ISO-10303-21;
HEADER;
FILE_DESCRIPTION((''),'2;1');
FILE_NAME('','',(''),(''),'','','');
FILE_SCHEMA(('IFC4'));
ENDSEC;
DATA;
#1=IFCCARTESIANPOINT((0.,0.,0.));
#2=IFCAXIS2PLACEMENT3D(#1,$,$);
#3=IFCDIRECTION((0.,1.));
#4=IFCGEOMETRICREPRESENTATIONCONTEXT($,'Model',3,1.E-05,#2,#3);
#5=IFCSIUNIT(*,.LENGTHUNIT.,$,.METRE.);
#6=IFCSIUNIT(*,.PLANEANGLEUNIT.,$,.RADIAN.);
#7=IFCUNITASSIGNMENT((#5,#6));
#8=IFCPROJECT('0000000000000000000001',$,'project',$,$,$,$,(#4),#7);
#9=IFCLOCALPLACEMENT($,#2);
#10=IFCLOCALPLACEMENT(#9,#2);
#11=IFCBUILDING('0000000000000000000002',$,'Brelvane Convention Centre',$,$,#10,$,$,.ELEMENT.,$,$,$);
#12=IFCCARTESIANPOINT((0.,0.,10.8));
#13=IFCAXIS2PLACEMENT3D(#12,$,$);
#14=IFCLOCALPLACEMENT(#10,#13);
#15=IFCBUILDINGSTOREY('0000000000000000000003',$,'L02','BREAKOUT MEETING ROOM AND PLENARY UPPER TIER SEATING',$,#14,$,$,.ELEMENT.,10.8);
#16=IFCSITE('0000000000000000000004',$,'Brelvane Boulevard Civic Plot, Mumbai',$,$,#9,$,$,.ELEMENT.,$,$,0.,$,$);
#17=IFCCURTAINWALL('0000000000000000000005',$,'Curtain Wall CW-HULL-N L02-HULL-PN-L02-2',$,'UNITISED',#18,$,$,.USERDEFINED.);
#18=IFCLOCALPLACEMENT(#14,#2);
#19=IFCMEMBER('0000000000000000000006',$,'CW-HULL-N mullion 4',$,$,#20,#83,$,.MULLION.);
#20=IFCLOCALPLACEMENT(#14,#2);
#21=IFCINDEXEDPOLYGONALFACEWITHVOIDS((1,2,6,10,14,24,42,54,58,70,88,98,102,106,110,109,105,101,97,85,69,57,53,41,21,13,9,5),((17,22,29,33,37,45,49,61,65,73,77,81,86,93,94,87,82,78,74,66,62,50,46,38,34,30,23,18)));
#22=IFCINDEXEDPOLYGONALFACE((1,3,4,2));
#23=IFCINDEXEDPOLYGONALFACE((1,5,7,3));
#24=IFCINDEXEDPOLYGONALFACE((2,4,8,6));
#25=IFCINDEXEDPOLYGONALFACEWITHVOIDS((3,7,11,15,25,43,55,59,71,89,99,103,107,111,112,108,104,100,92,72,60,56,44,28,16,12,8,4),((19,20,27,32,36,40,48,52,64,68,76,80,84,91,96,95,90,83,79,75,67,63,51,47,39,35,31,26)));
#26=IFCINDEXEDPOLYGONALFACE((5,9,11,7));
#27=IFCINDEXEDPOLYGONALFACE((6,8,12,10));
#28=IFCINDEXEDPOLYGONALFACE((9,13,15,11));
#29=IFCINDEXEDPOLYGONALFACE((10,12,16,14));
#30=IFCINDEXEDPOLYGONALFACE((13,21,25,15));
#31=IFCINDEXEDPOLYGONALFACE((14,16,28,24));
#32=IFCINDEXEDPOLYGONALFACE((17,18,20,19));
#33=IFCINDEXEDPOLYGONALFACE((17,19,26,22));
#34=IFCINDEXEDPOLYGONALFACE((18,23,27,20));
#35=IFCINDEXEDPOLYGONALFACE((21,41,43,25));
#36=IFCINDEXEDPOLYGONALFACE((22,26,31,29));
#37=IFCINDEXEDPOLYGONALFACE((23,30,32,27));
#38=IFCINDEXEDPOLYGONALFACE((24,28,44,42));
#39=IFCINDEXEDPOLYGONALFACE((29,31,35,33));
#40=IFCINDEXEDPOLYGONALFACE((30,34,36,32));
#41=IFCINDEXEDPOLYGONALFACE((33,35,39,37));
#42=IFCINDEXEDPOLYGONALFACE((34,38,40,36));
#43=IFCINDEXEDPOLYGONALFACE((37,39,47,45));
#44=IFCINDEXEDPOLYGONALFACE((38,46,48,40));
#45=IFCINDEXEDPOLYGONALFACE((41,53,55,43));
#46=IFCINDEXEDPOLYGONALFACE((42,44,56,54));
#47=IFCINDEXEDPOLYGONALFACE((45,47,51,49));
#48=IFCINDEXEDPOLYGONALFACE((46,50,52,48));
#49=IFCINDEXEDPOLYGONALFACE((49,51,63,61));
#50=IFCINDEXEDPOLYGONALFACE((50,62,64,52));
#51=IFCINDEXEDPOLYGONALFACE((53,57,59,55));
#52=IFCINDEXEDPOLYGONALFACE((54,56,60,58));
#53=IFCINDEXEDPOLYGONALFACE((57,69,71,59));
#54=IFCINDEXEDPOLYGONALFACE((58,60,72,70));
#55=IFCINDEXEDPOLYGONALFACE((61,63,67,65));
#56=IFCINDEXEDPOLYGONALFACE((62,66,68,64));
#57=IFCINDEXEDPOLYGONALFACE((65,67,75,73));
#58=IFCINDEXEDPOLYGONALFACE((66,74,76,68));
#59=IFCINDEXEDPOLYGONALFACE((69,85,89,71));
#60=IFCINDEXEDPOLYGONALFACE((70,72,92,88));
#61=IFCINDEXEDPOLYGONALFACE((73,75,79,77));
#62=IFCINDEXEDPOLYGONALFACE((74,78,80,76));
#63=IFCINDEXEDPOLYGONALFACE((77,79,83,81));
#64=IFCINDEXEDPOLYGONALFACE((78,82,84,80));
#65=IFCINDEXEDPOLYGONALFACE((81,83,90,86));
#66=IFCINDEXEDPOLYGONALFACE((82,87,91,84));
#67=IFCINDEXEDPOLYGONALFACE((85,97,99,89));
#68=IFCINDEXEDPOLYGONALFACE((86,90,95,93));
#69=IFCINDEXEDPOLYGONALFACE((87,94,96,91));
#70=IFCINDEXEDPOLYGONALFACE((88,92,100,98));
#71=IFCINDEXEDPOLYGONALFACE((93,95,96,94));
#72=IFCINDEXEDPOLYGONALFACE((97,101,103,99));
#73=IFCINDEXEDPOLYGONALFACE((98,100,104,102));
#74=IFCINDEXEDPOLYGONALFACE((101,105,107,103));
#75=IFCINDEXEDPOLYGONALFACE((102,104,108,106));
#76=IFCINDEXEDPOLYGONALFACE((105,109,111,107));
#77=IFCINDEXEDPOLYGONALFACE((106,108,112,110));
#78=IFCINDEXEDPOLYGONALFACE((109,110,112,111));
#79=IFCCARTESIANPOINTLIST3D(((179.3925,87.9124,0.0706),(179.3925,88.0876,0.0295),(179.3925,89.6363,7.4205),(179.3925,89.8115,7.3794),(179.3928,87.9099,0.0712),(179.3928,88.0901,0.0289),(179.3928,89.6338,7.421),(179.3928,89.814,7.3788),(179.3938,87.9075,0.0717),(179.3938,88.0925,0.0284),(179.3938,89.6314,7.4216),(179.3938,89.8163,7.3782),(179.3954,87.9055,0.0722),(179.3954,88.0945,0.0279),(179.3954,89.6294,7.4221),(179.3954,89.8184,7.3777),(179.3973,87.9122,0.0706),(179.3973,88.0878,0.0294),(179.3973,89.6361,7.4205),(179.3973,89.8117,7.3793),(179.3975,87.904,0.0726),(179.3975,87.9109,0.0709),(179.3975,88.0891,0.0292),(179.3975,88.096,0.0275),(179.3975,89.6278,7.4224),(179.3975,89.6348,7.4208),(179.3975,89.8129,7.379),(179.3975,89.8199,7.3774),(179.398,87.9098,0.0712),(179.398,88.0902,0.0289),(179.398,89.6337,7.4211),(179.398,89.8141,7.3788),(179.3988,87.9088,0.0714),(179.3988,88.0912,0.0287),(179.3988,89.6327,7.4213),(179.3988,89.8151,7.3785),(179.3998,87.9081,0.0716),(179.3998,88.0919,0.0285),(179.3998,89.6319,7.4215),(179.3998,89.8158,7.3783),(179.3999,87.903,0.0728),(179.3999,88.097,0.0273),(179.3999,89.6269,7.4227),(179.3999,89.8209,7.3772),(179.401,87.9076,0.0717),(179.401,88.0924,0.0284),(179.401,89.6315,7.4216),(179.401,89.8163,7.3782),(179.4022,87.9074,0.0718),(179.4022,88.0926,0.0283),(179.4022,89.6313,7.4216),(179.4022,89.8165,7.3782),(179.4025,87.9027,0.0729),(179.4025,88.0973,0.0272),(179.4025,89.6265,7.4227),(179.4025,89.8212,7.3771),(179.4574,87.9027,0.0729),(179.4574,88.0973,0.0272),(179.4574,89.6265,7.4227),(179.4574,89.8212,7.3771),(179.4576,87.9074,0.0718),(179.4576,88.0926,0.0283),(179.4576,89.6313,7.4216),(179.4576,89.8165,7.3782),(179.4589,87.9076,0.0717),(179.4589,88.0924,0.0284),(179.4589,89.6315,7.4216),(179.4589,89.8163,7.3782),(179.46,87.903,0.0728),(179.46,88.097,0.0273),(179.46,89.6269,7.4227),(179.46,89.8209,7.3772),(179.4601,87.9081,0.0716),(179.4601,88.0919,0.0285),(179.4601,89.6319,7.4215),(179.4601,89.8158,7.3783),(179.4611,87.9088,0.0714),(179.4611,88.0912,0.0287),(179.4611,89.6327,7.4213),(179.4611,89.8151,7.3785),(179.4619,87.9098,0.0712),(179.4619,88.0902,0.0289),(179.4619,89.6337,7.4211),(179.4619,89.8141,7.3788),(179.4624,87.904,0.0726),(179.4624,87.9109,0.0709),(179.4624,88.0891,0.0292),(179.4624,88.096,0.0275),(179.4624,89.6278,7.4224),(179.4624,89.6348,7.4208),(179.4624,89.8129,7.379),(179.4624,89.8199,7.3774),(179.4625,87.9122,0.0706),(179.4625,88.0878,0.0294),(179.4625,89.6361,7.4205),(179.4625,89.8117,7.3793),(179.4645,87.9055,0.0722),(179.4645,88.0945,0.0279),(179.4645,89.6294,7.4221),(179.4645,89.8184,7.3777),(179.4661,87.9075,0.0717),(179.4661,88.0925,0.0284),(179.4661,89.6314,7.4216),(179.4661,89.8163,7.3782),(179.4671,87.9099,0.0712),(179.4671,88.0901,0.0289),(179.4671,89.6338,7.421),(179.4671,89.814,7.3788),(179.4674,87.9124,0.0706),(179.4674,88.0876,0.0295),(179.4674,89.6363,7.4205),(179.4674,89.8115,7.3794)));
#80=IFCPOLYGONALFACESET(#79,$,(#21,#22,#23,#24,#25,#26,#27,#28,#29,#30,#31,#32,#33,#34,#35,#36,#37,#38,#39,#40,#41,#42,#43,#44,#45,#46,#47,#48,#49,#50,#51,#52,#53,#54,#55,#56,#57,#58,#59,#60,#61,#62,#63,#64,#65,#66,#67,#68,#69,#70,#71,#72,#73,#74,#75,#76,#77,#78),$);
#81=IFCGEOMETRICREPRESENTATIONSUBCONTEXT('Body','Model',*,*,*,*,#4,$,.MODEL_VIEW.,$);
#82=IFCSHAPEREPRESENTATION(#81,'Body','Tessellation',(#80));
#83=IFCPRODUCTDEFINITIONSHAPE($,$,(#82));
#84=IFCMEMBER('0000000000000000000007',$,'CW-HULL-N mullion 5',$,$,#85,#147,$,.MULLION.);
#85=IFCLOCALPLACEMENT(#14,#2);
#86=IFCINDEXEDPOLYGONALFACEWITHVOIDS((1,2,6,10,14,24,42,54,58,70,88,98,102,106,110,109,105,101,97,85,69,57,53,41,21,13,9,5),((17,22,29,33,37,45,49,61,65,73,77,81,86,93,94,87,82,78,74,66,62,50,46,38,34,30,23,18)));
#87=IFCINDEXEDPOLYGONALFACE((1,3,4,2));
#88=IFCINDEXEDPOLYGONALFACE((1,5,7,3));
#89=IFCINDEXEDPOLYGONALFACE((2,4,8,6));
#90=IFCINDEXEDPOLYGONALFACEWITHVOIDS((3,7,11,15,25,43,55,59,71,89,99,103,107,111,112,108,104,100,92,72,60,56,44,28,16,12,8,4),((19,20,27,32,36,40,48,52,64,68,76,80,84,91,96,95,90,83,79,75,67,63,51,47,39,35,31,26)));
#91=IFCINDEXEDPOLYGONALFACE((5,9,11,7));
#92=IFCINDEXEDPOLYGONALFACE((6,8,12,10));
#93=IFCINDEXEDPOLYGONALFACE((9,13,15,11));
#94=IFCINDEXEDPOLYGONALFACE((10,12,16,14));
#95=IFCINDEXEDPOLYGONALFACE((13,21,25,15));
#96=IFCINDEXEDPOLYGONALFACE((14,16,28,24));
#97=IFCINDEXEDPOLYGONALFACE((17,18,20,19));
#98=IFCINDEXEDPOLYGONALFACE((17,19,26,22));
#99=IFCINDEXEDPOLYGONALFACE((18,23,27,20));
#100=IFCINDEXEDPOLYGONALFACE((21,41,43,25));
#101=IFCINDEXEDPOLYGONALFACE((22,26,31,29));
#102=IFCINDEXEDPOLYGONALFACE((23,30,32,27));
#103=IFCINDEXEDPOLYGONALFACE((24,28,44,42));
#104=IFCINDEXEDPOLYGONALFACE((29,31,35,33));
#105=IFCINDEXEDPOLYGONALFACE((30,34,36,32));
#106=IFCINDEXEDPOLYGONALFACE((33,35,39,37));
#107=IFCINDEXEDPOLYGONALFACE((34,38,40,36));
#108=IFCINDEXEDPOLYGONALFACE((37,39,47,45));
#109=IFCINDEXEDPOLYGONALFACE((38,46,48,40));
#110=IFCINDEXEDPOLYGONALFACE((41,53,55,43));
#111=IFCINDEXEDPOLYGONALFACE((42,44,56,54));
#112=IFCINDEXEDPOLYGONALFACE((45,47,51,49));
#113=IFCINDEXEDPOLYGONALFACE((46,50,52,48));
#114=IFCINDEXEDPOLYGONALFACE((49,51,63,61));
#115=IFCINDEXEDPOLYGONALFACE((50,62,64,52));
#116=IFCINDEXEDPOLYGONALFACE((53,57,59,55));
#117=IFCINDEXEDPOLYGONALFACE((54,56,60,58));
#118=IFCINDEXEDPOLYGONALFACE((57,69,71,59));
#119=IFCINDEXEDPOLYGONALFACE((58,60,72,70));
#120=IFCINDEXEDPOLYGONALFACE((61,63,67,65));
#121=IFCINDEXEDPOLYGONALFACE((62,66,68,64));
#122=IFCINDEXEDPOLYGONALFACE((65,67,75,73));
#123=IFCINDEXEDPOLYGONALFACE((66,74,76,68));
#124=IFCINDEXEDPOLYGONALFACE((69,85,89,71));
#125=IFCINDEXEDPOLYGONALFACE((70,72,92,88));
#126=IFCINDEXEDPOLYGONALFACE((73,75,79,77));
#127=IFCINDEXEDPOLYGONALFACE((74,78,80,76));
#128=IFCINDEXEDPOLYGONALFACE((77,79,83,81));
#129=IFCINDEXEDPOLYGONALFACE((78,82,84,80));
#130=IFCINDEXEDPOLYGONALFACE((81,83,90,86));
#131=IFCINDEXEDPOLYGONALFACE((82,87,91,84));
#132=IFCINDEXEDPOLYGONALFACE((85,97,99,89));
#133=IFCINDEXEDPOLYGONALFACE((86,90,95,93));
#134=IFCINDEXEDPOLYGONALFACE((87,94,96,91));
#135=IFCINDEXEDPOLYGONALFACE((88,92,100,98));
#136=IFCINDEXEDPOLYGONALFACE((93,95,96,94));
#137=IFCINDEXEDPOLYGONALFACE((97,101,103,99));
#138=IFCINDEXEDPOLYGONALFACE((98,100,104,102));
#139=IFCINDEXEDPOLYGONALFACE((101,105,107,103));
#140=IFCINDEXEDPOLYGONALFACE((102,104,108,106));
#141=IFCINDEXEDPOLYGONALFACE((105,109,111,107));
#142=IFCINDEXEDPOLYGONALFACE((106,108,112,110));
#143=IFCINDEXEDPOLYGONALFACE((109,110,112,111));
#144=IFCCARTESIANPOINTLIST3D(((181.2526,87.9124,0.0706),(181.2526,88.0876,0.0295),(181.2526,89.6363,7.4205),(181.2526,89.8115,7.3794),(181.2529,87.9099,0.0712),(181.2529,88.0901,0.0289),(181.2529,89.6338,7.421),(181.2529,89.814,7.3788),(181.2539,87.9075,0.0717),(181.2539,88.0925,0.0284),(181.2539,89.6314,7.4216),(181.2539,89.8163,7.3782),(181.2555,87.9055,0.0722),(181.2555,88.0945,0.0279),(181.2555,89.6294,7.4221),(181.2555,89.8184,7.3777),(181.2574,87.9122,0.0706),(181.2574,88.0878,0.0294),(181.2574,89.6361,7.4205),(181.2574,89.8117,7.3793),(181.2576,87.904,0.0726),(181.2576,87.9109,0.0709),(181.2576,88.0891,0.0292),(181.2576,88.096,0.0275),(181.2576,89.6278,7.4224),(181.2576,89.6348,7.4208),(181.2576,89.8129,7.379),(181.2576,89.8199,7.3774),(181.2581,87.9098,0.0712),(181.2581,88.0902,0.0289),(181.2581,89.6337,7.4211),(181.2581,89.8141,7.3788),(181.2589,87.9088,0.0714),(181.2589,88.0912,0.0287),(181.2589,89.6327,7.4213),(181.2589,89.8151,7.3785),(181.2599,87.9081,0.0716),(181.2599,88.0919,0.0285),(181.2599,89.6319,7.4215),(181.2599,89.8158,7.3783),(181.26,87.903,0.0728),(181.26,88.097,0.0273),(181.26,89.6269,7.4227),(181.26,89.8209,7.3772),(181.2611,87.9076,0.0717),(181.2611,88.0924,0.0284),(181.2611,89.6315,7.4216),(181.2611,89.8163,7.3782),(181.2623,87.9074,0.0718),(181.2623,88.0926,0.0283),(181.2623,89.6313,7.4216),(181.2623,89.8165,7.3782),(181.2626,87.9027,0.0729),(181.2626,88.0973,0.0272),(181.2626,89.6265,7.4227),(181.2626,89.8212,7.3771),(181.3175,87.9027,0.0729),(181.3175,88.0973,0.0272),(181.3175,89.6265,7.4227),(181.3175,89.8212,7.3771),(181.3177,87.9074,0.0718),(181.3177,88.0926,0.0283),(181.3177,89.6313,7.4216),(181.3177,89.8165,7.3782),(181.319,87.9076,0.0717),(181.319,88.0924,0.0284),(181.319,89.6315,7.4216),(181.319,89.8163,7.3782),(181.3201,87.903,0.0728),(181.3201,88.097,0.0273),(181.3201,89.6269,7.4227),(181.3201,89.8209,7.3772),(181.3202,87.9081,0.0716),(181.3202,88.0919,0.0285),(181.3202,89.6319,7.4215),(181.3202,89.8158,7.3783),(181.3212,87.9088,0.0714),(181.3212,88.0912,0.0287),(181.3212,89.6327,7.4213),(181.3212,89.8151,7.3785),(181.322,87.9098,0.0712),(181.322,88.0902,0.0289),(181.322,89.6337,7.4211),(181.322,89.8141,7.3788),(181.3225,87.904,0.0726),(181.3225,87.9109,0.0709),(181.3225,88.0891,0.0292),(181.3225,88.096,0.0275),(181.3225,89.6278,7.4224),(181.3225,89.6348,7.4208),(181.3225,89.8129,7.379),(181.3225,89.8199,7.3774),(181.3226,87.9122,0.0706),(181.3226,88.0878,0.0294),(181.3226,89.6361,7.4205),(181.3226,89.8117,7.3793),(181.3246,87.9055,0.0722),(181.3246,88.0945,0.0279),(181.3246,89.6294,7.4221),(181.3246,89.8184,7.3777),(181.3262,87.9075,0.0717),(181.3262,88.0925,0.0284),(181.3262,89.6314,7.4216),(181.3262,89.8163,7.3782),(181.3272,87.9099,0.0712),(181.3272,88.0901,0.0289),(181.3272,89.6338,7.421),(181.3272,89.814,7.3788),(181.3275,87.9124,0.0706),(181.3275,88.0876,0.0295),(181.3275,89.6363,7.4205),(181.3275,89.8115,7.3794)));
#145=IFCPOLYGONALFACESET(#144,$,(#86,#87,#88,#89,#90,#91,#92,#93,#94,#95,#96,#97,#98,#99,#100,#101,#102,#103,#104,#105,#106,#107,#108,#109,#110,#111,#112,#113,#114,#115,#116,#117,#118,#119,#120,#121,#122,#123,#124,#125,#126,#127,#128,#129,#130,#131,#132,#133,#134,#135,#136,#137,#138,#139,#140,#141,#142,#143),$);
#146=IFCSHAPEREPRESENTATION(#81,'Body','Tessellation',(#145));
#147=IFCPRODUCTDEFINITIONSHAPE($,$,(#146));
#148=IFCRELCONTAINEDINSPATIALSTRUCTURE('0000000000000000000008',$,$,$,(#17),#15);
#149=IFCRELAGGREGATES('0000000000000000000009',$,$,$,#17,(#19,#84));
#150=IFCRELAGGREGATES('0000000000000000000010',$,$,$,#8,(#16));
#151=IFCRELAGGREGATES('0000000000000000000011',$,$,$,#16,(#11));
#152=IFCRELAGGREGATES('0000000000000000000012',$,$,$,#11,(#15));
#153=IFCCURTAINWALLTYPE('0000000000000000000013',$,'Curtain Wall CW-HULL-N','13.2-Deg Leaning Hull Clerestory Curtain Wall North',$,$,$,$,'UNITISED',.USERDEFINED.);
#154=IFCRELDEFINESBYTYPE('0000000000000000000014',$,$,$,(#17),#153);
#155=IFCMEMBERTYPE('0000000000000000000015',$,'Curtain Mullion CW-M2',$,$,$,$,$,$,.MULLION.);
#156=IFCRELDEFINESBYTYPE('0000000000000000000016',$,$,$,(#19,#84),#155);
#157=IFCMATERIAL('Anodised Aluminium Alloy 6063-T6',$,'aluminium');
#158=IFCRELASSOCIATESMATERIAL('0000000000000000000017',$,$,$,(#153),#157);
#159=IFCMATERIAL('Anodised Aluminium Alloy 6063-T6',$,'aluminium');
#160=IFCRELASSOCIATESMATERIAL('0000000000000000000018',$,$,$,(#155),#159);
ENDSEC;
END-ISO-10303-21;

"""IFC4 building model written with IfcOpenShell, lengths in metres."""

from ifc_helpers import new_model, si_unit, direction, frame, origin, origin_2d, place, context, subcontext, project, spatial, hollow_rectangle, extrude, material, material_profile, profile_set, type_object, element, aggregate, save


model = new_model("IFC4")

# Units and contexts
model_context = context("Model", 3, precision=1e-05, world=origin(), true_north=direction((0.0, 1.0)))
body_context = subcontext(model_context, "Body", "Model", "MODEL_VIEW")
ifc_project = project(units=[si_unit("LENGTHUNIT", "METRE"), si_unit("PLANEANGLEUNIT", "RADIAN")], contexts=[model_context])

# Site, building, storey
site_placement = place(None, origin())
site = spatial("IfcSite", under=ifc_project, at=site_placement, Name="Brelvane Boulevard Civic Plot, Mumbai", CompositionType="ELEMENT", RefElevation=0.0)
building_placement = place(site_placement, origin())
building = spatial("IfcBuilding", under=site, at=building_placement, Name="Brelvane Convention Centre", CompositionType="ELEMENT")
storey_placement = place(building_placement, frame((0.0, 0.0, 10.8)))
storey = spatial("IfcBuildingStorey", under=building, at=storey_placement, Name="L02", Description="BREAKOUT MEETING ROOM AND PLENARY UPPER TIER SEATING", CompositionType="ELEMENT", Elevation=10.8)

# Curtain wall, members
ifc_material_1 = material(Name="Anodised Aluminium Alloy 6063-T6", Category="aluminium")
curtain_wall_type = type_object("IfcCurtainWallType", Name="Curtain Wall CW-HULL-N", Description="13.2-Deg Leaning Hull Clerestory Curtain Wall North", ElementType="UNITISED", PredefinedType="USERDEFINED", material=ifc_material_1)
curtain_wall_1_placement = place(storey_placement, origin())
curtain_wall_1 = element("IfcCurtainWall", 1, at=curtain_wall_1_placement, inside=storey, type_object=curtain_wall_type, Name="Curtain Wall CW-HULL-N L02-HULL-PN-L02-2", ObjectType="UNITISED", PredefinedType="USERDEFINED")
ifc_material_2 = material(Name="Anodised Aluminium Alloy 6063-T6", Category="aluminium")
ifc_material_profile_1 = material_profile(ifc_material_2, hollow_rectangle(XDim=0.075, YDim=0.2, WallThickness=0.0049, InnerFilletRadius=0.0049, OuterFilletRadius=0.01, at=origin_2d()), Name="ALU-M 200x75x5.0")
ifc_profile_set_1 = profile_set([ifc_material_profile_1], Name="Anodised Aluminium Alloy 6063-T6")
member_type_1 = type_object("IfcMemberType", Name="Curtain Mullion CW-M2", PredefinedType="MULLION", material=ifc_profile_set_1)
member_1_placement = place(storey_placement, frame((179.4299, 88.0, 0.05), z_axis=(0.0, 0.228349, 0.973579), x_axis=(-1.0, 0.0, 0.0)))
member_1 = element("IfcMember", 2, at=member_1_placement, type_object=member_type_1, Name="CW-HULL-N mullion 4", PredefinedType="MULLION", context=body_context, shape_type="SweptSolid", body=[
    extrude(hollow_rectangle(XDim=0.075, YDim=0.2, WallThickness=0.0049, InnerFilletRadius=0.0049, OuterFilletRadius=0.01, at=origin_2d()), origin(), (0.0, 0.0, 1.0), 7.5493),
])
member_2_placement = place(storey_placement, frame((181.29, 88.0, 0.05), z_axis=(0.0, 0.228349, 0.973579), x_axis=(-1.0, 0.0, 0.0)))
member_2 = element("IfcMember", 3, at=member_2_placement, type_object=member_type_1, Name="CW-HULL-N mullion 5", PredefinedType="MULLION", context=body_context, shape_type="SweptSolid", body=[
    extrude(hollow_rectangle(XDim=0.075, YDim=0.2, WallThickness=0.0049, InnerFilletRadius=0.0049, OuterFilletRadius=0.01, at=origin_2d()), origin(), (0.0, 0.0, 1.0), 7.5493),
])

aggregate(curtain_wall_1, [member_1, member_2])

save(model, "model.ifc")
